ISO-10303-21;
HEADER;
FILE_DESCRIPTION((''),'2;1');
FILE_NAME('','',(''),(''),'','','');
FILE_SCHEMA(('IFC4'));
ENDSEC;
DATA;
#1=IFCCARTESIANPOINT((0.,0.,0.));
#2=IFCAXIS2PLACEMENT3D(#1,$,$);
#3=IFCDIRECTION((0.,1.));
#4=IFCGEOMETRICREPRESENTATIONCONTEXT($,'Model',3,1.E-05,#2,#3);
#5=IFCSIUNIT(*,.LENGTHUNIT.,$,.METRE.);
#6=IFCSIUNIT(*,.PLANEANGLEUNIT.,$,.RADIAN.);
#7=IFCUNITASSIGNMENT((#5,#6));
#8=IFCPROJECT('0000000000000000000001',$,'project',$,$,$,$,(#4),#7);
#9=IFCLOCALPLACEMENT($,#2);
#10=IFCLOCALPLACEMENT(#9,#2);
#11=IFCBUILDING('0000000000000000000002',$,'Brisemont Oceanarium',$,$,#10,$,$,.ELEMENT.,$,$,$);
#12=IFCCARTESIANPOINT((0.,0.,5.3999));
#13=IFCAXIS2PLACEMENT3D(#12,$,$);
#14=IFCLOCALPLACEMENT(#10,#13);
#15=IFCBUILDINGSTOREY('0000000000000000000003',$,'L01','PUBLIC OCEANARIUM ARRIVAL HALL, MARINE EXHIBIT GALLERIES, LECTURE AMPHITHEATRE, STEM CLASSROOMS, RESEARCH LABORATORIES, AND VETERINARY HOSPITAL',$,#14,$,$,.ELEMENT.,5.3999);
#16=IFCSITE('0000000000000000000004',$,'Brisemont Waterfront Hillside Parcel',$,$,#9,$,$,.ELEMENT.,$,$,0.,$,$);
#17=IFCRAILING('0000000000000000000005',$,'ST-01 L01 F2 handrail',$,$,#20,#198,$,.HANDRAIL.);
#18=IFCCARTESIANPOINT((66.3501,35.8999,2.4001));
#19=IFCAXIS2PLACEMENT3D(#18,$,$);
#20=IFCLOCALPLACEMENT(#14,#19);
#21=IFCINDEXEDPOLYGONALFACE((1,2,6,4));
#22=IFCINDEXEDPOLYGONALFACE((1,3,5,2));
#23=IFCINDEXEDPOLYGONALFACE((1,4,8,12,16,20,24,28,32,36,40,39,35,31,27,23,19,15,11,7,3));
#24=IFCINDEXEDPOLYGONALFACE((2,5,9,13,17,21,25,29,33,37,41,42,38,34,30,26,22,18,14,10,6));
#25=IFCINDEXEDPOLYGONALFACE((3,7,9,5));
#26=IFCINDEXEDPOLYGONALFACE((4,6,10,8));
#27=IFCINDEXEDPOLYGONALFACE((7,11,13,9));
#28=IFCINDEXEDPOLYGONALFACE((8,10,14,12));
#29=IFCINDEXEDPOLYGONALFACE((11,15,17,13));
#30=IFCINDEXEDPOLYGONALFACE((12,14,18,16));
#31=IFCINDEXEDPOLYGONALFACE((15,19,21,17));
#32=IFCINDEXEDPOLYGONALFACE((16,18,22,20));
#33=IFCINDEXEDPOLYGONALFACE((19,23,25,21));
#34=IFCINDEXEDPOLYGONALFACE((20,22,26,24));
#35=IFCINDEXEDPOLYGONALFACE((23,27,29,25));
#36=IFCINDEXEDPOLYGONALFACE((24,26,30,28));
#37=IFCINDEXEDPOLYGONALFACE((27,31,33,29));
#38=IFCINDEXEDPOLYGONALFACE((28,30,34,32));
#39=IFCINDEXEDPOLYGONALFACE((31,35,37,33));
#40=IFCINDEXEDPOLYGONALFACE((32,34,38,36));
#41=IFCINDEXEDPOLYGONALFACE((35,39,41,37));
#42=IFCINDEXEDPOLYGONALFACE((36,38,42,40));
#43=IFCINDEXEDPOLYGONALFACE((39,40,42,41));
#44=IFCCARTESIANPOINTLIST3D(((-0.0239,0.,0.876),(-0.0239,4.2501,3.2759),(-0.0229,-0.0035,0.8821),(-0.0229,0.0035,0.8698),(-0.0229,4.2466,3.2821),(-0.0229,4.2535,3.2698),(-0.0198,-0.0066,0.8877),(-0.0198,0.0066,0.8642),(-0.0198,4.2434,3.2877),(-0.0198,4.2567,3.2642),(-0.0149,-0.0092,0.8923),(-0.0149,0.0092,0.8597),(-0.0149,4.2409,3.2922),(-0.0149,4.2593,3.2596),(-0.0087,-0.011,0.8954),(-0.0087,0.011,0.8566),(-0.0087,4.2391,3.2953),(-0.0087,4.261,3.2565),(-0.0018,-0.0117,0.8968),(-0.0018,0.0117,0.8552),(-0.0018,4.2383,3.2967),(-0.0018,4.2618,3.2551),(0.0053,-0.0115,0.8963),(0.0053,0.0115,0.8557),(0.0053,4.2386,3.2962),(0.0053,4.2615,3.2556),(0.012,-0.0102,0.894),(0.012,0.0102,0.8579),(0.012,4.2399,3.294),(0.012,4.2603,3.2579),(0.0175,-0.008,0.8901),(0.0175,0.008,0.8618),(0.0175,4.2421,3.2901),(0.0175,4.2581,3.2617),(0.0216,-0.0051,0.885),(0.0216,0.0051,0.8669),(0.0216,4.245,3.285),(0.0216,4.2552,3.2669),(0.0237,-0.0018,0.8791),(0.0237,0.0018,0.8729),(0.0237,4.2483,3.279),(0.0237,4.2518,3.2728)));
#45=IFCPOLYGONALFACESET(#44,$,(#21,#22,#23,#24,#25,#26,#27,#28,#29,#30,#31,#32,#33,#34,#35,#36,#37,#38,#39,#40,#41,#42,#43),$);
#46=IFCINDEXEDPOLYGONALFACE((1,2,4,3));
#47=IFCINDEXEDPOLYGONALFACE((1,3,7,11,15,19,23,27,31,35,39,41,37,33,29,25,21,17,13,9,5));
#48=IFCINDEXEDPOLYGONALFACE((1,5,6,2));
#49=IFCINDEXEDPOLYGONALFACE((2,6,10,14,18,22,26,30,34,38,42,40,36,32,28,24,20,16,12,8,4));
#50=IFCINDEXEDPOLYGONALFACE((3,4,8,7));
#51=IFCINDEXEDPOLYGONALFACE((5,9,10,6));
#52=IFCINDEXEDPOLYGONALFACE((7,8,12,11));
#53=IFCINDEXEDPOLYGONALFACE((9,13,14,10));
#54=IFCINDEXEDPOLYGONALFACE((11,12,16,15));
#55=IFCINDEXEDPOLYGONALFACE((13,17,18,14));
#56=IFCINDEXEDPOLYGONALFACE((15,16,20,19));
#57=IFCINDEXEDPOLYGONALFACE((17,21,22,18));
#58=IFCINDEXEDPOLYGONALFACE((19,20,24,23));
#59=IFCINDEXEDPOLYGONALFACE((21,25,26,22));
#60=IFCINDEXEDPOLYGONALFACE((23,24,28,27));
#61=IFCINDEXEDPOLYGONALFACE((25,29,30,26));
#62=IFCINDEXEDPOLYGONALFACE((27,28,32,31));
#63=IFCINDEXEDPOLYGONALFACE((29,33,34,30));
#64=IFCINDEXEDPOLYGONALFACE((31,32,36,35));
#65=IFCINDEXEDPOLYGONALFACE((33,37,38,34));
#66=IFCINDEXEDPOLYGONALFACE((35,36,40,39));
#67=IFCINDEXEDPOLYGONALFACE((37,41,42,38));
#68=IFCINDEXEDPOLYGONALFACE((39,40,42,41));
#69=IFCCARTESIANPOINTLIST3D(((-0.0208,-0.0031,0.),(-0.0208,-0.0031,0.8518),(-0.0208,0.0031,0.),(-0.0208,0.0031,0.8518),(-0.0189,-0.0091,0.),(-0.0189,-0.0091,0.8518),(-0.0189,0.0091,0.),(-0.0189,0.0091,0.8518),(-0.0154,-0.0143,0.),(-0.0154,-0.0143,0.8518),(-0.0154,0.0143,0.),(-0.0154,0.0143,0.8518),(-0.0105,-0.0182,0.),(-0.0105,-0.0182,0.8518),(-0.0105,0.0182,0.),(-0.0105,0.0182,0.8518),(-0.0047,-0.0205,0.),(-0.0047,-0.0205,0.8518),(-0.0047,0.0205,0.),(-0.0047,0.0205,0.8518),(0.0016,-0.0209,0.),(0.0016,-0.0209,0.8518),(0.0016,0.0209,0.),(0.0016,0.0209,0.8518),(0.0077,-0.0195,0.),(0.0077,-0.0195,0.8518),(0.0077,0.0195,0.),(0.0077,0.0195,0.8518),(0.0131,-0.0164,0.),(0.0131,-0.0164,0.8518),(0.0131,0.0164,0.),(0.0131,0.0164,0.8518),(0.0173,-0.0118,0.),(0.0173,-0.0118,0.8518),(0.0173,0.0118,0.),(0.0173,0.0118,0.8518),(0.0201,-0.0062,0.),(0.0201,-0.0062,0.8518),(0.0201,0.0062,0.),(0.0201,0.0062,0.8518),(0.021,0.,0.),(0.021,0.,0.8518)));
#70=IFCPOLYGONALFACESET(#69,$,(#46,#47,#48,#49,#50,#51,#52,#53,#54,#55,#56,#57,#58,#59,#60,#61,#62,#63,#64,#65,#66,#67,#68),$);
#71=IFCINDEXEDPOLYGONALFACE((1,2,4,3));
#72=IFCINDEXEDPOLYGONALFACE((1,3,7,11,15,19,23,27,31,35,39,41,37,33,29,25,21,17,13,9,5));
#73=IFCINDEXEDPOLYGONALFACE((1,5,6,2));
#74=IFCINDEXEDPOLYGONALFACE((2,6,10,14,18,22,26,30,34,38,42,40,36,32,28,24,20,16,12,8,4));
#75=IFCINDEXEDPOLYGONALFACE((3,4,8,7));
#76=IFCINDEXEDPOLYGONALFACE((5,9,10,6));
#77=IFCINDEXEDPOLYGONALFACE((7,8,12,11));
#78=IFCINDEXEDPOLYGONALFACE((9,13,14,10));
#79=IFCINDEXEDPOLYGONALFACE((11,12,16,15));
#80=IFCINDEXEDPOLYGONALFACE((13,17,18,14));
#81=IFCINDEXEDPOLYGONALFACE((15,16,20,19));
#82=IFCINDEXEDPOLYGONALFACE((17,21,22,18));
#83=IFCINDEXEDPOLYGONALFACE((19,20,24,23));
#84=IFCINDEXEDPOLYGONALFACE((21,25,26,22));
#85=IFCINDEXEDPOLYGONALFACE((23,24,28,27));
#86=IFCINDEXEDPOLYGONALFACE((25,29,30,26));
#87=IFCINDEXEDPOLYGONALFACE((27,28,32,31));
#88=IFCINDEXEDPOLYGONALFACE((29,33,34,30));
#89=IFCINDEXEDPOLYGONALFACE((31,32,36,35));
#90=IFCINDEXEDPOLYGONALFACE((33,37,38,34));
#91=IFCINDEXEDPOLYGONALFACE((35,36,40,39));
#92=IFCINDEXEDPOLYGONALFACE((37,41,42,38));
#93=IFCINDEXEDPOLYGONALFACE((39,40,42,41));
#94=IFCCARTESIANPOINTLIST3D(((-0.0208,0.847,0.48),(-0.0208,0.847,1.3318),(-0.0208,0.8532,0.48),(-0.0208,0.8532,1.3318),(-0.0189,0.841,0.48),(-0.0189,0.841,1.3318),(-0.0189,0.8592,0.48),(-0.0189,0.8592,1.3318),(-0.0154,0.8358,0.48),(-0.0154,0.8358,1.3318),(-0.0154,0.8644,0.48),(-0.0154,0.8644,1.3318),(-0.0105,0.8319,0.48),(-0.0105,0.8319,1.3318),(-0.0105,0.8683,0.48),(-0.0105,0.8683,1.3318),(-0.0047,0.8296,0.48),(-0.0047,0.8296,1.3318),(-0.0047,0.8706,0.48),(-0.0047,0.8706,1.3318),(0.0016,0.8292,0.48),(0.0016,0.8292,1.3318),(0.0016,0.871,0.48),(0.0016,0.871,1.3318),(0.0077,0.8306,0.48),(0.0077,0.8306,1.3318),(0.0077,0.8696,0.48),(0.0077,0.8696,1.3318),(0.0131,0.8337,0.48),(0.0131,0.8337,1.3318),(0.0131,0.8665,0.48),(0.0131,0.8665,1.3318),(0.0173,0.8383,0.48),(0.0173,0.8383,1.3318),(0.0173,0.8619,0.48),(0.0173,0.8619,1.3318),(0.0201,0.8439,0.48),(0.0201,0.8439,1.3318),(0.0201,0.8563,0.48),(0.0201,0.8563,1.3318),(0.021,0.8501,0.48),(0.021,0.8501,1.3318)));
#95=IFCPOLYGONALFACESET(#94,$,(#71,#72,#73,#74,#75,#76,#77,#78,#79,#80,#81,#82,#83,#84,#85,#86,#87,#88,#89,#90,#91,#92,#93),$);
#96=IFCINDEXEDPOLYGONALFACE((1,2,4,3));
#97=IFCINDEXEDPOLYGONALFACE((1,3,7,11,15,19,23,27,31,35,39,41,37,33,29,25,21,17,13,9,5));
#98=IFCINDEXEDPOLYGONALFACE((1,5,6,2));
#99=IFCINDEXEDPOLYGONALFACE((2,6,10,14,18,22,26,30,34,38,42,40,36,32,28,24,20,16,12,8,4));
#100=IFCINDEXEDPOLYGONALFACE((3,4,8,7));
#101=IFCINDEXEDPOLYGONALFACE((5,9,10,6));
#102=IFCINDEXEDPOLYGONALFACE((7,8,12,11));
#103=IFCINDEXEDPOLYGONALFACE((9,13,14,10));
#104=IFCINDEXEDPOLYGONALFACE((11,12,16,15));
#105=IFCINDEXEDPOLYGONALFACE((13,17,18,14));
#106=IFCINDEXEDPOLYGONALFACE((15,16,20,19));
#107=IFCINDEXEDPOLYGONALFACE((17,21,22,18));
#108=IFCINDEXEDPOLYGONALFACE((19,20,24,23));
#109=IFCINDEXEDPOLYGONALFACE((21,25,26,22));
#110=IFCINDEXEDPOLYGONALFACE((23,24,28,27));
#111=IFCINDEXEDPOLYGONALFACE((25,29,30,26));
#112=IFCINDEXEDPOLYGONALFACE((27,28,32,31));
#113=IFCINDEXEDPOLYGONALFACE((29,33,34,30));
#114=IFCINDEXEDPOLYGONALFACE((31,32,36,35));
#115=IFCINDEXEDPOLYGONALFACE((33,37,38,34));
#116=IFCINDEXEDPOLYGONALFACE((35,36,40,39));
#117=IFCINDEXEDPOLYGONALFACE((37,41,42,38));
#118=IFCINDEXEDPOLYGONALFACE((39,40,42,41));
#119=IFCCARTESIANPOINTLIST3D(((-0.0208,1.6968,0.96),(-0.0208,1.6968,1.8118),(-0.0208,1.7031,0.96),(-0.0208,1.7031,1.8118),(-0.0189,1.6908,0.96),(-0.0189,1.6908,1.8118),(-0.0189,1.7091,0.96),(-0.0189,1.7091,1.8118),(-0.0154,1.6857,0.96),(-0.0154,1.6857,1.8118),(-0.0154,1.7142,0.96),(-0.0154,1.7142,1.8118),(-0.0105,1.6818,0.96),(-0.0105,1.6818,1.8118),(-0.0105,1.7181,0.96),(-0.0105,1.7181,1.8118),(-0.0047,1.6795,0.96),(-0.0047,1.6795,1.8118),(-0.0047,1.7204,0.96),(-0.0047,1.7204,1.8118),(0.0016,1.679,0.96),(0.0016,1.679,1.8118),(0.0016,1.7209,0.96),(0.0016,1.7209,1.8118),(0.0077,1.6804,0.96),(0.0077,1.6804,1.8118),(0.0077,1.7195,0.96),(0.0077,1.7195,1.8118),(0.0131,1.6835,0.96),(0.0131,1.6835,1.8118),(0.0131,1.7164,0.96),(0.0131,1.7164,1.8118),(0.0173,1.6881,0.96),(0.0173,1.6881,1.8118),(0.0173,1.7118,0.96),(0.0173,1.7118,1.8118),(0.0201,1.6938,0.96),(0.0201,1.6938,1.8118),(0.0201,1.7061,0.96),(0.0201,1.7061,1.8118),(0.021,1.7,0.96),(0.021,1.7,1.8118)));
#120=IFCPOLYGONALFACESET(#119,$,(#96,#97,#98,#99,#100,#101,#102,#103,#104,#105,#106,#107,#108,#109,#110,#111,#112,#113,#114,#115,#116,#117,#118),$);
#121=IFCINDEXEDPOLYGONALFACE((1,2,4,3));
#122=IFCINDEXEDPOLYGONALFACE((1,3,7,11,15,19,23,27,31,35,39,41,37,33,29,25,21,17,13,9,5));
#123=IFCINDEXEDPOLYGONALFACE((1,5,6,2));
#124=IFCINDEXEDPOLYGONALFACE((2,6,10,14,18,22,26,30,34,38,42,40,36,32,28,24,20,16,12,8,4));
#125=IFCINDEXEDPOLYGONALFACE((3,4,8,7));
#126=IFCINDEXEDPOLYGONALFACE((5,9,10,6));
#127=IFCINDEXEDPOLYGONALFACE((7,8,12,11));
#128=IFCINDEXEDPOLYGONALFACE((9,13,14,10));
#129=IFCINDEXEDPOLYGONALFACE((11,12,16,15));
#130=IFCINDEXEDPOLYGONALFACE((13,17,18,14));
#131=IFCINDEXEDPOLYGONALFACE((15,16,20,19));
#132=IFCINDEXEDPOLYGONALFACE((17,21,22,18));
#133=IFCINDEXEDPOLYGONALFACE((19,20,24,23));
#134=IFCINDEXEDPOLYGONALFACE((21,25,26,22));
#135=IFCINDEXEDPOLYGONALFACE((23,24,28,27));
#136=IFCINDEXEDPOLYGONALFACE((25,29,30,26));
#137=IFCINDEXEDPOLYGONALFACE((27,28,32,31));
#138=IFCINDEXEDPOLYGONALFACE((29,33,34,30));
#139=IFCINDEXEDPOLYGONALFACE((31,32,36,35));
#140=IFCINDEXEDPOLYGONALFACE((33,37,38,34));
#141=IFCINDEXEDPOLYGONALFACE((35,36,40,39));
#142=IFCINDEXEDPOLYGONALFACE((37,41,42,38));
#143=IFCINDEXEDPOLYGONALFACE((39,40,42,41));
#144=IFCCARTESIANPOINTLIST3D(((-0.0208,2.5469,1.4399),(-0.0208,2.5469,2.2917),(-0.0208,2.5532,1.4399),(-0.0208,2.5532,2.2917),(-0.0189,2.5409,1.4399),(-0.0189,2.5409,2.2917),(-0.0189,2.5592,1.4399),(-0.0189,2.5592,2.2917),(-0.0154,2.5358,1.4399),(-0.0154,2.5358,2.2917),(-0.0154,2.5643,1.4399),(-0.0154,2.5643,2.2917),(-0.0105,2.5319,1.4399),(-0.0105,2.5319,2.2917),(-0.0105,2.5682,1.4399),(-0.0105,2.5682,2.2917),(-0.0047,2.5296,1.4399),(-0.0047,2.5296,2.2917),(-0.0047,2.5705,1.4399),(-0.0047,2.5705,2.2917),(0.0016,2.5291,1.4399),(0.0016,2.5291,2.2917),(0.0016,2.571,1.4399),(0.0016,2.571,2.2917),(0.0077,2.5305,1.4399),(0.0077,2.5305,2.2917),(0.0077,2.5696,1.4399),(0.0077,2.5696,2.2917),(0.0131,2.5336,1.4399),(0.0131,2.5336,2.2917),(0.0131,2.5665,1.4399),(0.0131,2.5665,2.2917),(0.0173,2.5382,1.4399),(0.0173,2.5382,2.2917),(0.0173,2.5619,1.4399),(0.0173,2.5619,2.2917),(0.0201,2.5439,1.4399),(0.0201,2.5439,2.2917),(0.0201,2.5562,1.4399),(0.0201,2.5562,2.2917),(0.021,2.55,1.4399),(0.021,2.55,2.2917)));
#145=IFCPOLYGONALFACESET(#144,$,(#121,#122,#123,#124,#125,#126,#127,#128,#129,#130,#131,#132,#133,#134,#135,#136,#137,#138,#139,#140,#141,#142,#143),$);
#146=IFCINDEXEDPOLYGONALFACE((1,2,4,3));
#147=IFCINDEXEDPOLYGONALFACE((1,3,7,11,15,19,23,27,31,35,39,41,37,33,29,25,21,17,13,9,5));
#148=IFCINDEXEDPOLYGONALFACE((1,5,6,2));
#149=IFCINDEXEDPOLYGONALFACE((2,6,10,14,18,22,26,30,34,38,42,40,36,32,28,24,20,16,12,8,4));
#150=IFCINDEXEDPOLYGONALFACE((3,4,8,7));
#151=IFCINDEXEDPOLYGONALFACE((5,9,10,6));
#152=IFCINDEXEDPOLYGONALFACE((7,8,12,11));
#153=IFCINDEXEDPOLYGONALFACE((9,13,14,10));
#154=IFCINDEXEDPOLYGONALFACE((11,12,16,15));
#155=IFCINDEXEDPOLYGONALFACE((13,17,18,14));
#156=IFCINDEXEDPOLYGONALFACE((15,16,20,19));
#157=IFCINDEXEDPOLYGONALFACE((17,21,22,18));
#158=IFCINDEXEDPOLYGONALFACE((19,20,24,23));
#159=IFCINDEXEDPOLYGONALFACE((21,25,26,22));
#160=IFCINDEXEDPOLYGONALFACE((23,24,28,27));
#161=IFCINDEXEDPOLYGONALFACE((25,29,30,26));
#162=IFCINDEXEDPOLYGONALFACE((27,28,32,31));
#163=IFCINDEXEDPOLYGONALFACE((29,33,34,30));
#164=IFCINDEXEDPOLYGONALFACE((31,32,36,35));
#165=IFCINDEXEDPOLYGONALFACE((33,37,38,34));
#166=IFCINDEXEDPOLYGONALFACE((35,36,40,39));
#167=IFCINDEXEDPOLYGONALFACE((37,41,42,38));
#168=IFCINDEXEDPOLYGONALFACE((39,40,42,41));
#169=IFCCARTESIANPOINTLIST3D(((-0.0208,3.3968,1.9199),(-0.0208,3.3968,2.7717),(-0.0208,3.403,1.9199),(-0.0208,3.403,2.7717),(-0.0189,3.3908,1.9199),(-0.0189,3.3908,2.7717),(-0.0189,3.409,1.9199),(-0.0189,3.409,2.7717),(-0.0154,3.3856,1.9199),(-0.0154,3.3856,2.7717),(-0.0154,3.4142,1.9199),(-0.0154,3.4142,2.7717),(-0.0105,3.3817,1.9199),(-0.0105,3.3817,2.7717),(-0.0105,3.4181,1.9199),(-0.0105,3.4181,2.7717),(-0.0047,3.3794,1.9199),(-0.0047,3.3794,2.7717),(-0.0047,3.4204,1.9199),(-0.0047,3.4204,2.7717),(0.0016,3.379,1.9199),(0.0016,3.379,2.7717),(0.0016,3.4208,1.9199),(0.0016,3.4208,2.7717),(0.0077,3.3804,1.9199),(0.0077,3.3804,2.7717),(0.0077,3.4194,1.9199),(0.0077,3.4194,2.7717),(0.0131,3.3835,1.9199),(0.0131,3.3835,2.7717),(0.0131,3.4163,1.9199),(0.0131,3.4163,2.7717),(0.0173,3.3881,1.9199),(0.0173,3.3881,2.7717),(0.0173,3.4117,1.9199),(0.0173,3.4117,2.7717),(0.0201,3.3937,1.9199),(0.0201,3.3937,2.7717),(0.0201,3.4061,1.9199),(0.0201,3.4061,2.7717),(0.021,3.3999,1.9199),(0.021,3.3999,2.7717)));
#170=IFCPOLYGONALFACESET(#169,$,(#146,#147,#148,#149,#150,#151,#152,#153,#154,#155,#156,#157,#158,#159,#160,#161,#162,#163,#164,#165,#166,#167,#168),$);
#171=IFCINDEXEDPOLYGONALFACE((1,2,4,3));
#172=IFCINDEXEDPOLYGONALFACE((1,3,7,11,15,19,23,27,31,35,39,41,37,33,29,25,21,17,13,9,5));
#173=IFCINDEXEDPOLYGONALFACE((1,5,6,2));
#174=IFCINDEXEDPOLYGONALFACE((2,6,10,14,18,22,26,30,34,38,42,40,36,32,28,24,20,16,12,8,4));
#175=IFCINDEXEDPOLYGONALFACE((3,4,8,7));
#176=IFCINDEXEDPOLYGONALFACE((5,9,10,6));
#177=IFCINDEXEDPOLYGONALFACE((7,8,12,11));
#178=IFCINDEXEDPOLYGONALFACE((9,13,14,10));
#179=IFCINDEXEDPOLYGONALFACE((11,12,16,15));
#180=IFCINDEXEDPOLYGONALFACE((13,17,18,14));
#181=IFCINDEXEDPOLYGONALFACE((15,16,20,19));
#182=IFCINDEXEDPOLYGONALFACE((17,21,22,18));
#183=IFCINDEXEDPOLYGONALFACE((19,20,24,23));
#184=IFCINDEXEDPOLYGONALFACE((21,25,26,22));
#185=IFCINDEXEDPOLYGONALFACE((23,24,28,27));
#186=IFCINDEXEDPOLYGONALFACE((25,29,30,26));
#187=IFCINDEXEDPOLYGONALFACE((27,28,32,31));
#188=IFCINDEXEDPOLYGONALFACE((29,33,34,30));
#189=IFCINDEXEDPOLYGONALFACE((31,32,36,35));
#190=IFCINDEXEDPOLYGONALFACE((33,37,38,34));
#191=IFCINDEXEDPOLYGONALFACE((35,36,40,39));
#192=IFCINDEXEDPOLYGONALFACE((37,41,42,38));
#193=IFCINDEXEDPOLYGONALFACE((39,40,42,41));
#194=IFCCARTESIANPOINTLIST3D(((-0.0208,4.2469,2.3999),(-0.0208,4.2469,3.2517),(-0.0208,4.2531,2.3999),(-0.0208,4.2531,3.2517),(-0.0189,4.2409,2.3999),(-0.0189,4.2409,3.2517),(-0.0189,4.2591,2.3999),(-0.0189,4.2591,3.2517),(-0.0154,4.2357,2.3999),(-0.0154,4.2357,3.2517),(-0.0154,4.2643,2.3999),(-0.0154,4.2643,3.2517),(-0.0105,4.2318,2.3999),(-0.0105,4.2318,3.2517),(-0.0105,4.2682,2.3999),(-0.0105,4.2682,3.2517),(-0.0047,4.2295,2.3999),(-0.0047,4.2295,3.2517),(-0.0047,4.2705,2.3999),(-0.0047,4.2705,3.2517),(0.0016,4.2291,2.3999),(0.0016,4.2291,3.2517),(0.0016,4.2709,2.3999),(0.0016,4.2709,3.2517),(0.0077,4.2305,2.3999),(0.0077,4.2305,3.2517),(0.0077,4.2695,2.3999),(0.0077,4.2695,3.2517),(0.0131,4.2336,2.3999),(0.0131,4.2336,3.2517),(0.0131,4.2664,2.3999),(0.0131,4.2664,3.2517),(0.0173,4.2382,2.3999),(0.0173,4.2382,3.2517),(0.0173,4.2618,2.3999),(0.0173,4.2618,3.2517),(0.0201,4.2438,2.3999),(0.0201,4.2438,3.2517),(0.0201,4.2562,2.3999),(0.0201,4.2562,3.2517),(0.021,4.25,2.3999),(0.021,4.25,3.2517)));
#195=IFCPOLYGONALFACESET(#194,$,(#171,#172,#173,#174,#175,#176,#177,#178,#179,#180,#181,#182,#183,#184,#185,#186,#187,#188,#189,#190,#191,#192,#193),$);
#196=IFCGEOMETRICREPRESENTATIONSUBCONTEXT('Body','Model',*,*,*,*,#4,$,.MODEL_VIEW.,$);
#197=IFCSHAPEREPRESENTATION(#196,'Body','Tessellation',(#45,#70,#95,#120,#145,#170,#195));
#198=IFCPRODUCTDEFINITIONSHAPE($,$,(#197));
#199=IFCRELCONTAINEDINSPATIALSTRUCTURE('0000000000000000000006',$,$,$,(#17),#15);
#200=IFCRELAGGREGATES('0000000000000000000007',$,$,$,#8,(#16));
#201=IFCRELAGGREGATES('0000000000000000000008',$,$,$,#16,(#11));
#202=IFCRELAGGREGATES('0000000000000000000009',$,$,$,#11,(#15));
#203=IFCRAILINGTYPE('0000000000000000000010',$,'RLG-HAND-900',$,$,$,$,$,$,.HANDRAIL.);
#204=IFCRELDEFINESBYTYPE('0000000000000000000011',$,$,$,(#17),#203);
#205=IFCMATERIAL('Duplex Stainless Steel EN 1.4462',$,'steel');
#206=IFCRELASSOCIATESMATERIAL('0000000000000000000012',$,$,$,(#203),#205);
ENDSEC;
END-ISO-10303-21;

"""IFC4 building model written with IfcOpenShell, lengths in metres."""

from ifc_helpers import new_model, si_unit, direction, frame, origin, origin_2d, place, context, subcontext, project, spatial, circle, extrude, material, type_object, element, save


model = new_model("IFC4")

# Units and contexts
model_context = context("Model", 3, precision=1e-05, world=origin(), true_north=direction((0.0, 1.0)))
body_context = subcontext(model_context, "Body", "Model", "MODEL_VIEW")
ifc_project = project(units=[si_unit("LENGTHUNIT", "METRE"), si_unit("PLANEANGLEUNIT", "RADIAN")], contexts=[model_context])

# Site, building, storey
site_placement = place(None, origin())
site = spatial("IfcSite", under=ifc_project, at=site_placement, Name="Brisemont Waterfront Hillside Parcel", CompositionType="ELEMENT", RefElevation=0.0)
building_placement = place(site_placement, origin())
building = spatial("IfcBuilding", under=site, at=building_placement, Name="Brisemont Oceanarium", CompositionType="ELEMENT")
storey_placement = place(building_placement, frame((0.0, 0.0, 5.3999)))
storey = spatial("IfcBuildingStorey", under=building, at=storey_placement, Name="L01", Description="PUBLIC OCEANARIUM ARRIVAL HALL, MARINE EXHIBIT GALLERIES, LECTURE AMPHITHEATRE, STEM CLASSROOMS, RESEARCH LABORATORIES, AND VETERINARY HOSPITAL", CompositionType="ELEMENT", Elevation=5.3999)

# Railing
ifc_material_1 = material(Name="Duplex Stainless Steel EN 1.4462", Category="steel")
railing_type_1 = type_object("IfcRailingType", Name="RLG-HAND-900", PredefinedType="HANDRAIL", material=ifc_material_1)
railing_1_placement = place(storey_placement, frame((66.3501, 35.8999, 2.4001)))
element("IfcRailing", 1, at=railing_1_placement, inside=storey, type_object=railing_type_1, Name="ST-01 L01 F2 handrail", PredefinedType="HANDRAIL", context=body_context, shape_type="SweptSolid", body=[
    extrude(circle(Radius=0.0239, at=origin_2d()), frame((0.0, 0.0, 0.876), z_axis=(0.0, 0.870762, 0.491704), x_axis=(-1.0, 0.0, 0.0)), (0.0, 0.0, 1.0), 4.8809),
    extrude(circle(Radius=0.021, at=origin_2d()), origin(), (0.0, 0.0, 1.0), 0.8518),
    extrude(circle(Radius=0.021, at=origin_2d()), frame((0.0, 0.8501, 0.48)), (0.0, 0.0, 1.0), 0.8518),
    extrude(circle(Radius=0.021, at=origin_2d()), frame((0.0, 1.7, 0.96)), (0.0, 0.0, 1.0), 0.8518),
    extrude(circle(Radius=0.021, at=origin_2d()), frame((0.0, 2.55, 1.4399)), (0.0, 0.0, 1.0), 0.8518),
    extrude(circle(Radius=0.021, at=origin_2d()), frame((0.0, 3.3999, 1.9199)), (0.0, 0.0, 1.0), 0.8518),
    extrude(circle(Radius=0.021, at=origin_2d()), frame((0.0, 4.25, 2.3999)), (0.0, 0.0, 1.0), 0.8518),
])

save(model, "model.ifc")
